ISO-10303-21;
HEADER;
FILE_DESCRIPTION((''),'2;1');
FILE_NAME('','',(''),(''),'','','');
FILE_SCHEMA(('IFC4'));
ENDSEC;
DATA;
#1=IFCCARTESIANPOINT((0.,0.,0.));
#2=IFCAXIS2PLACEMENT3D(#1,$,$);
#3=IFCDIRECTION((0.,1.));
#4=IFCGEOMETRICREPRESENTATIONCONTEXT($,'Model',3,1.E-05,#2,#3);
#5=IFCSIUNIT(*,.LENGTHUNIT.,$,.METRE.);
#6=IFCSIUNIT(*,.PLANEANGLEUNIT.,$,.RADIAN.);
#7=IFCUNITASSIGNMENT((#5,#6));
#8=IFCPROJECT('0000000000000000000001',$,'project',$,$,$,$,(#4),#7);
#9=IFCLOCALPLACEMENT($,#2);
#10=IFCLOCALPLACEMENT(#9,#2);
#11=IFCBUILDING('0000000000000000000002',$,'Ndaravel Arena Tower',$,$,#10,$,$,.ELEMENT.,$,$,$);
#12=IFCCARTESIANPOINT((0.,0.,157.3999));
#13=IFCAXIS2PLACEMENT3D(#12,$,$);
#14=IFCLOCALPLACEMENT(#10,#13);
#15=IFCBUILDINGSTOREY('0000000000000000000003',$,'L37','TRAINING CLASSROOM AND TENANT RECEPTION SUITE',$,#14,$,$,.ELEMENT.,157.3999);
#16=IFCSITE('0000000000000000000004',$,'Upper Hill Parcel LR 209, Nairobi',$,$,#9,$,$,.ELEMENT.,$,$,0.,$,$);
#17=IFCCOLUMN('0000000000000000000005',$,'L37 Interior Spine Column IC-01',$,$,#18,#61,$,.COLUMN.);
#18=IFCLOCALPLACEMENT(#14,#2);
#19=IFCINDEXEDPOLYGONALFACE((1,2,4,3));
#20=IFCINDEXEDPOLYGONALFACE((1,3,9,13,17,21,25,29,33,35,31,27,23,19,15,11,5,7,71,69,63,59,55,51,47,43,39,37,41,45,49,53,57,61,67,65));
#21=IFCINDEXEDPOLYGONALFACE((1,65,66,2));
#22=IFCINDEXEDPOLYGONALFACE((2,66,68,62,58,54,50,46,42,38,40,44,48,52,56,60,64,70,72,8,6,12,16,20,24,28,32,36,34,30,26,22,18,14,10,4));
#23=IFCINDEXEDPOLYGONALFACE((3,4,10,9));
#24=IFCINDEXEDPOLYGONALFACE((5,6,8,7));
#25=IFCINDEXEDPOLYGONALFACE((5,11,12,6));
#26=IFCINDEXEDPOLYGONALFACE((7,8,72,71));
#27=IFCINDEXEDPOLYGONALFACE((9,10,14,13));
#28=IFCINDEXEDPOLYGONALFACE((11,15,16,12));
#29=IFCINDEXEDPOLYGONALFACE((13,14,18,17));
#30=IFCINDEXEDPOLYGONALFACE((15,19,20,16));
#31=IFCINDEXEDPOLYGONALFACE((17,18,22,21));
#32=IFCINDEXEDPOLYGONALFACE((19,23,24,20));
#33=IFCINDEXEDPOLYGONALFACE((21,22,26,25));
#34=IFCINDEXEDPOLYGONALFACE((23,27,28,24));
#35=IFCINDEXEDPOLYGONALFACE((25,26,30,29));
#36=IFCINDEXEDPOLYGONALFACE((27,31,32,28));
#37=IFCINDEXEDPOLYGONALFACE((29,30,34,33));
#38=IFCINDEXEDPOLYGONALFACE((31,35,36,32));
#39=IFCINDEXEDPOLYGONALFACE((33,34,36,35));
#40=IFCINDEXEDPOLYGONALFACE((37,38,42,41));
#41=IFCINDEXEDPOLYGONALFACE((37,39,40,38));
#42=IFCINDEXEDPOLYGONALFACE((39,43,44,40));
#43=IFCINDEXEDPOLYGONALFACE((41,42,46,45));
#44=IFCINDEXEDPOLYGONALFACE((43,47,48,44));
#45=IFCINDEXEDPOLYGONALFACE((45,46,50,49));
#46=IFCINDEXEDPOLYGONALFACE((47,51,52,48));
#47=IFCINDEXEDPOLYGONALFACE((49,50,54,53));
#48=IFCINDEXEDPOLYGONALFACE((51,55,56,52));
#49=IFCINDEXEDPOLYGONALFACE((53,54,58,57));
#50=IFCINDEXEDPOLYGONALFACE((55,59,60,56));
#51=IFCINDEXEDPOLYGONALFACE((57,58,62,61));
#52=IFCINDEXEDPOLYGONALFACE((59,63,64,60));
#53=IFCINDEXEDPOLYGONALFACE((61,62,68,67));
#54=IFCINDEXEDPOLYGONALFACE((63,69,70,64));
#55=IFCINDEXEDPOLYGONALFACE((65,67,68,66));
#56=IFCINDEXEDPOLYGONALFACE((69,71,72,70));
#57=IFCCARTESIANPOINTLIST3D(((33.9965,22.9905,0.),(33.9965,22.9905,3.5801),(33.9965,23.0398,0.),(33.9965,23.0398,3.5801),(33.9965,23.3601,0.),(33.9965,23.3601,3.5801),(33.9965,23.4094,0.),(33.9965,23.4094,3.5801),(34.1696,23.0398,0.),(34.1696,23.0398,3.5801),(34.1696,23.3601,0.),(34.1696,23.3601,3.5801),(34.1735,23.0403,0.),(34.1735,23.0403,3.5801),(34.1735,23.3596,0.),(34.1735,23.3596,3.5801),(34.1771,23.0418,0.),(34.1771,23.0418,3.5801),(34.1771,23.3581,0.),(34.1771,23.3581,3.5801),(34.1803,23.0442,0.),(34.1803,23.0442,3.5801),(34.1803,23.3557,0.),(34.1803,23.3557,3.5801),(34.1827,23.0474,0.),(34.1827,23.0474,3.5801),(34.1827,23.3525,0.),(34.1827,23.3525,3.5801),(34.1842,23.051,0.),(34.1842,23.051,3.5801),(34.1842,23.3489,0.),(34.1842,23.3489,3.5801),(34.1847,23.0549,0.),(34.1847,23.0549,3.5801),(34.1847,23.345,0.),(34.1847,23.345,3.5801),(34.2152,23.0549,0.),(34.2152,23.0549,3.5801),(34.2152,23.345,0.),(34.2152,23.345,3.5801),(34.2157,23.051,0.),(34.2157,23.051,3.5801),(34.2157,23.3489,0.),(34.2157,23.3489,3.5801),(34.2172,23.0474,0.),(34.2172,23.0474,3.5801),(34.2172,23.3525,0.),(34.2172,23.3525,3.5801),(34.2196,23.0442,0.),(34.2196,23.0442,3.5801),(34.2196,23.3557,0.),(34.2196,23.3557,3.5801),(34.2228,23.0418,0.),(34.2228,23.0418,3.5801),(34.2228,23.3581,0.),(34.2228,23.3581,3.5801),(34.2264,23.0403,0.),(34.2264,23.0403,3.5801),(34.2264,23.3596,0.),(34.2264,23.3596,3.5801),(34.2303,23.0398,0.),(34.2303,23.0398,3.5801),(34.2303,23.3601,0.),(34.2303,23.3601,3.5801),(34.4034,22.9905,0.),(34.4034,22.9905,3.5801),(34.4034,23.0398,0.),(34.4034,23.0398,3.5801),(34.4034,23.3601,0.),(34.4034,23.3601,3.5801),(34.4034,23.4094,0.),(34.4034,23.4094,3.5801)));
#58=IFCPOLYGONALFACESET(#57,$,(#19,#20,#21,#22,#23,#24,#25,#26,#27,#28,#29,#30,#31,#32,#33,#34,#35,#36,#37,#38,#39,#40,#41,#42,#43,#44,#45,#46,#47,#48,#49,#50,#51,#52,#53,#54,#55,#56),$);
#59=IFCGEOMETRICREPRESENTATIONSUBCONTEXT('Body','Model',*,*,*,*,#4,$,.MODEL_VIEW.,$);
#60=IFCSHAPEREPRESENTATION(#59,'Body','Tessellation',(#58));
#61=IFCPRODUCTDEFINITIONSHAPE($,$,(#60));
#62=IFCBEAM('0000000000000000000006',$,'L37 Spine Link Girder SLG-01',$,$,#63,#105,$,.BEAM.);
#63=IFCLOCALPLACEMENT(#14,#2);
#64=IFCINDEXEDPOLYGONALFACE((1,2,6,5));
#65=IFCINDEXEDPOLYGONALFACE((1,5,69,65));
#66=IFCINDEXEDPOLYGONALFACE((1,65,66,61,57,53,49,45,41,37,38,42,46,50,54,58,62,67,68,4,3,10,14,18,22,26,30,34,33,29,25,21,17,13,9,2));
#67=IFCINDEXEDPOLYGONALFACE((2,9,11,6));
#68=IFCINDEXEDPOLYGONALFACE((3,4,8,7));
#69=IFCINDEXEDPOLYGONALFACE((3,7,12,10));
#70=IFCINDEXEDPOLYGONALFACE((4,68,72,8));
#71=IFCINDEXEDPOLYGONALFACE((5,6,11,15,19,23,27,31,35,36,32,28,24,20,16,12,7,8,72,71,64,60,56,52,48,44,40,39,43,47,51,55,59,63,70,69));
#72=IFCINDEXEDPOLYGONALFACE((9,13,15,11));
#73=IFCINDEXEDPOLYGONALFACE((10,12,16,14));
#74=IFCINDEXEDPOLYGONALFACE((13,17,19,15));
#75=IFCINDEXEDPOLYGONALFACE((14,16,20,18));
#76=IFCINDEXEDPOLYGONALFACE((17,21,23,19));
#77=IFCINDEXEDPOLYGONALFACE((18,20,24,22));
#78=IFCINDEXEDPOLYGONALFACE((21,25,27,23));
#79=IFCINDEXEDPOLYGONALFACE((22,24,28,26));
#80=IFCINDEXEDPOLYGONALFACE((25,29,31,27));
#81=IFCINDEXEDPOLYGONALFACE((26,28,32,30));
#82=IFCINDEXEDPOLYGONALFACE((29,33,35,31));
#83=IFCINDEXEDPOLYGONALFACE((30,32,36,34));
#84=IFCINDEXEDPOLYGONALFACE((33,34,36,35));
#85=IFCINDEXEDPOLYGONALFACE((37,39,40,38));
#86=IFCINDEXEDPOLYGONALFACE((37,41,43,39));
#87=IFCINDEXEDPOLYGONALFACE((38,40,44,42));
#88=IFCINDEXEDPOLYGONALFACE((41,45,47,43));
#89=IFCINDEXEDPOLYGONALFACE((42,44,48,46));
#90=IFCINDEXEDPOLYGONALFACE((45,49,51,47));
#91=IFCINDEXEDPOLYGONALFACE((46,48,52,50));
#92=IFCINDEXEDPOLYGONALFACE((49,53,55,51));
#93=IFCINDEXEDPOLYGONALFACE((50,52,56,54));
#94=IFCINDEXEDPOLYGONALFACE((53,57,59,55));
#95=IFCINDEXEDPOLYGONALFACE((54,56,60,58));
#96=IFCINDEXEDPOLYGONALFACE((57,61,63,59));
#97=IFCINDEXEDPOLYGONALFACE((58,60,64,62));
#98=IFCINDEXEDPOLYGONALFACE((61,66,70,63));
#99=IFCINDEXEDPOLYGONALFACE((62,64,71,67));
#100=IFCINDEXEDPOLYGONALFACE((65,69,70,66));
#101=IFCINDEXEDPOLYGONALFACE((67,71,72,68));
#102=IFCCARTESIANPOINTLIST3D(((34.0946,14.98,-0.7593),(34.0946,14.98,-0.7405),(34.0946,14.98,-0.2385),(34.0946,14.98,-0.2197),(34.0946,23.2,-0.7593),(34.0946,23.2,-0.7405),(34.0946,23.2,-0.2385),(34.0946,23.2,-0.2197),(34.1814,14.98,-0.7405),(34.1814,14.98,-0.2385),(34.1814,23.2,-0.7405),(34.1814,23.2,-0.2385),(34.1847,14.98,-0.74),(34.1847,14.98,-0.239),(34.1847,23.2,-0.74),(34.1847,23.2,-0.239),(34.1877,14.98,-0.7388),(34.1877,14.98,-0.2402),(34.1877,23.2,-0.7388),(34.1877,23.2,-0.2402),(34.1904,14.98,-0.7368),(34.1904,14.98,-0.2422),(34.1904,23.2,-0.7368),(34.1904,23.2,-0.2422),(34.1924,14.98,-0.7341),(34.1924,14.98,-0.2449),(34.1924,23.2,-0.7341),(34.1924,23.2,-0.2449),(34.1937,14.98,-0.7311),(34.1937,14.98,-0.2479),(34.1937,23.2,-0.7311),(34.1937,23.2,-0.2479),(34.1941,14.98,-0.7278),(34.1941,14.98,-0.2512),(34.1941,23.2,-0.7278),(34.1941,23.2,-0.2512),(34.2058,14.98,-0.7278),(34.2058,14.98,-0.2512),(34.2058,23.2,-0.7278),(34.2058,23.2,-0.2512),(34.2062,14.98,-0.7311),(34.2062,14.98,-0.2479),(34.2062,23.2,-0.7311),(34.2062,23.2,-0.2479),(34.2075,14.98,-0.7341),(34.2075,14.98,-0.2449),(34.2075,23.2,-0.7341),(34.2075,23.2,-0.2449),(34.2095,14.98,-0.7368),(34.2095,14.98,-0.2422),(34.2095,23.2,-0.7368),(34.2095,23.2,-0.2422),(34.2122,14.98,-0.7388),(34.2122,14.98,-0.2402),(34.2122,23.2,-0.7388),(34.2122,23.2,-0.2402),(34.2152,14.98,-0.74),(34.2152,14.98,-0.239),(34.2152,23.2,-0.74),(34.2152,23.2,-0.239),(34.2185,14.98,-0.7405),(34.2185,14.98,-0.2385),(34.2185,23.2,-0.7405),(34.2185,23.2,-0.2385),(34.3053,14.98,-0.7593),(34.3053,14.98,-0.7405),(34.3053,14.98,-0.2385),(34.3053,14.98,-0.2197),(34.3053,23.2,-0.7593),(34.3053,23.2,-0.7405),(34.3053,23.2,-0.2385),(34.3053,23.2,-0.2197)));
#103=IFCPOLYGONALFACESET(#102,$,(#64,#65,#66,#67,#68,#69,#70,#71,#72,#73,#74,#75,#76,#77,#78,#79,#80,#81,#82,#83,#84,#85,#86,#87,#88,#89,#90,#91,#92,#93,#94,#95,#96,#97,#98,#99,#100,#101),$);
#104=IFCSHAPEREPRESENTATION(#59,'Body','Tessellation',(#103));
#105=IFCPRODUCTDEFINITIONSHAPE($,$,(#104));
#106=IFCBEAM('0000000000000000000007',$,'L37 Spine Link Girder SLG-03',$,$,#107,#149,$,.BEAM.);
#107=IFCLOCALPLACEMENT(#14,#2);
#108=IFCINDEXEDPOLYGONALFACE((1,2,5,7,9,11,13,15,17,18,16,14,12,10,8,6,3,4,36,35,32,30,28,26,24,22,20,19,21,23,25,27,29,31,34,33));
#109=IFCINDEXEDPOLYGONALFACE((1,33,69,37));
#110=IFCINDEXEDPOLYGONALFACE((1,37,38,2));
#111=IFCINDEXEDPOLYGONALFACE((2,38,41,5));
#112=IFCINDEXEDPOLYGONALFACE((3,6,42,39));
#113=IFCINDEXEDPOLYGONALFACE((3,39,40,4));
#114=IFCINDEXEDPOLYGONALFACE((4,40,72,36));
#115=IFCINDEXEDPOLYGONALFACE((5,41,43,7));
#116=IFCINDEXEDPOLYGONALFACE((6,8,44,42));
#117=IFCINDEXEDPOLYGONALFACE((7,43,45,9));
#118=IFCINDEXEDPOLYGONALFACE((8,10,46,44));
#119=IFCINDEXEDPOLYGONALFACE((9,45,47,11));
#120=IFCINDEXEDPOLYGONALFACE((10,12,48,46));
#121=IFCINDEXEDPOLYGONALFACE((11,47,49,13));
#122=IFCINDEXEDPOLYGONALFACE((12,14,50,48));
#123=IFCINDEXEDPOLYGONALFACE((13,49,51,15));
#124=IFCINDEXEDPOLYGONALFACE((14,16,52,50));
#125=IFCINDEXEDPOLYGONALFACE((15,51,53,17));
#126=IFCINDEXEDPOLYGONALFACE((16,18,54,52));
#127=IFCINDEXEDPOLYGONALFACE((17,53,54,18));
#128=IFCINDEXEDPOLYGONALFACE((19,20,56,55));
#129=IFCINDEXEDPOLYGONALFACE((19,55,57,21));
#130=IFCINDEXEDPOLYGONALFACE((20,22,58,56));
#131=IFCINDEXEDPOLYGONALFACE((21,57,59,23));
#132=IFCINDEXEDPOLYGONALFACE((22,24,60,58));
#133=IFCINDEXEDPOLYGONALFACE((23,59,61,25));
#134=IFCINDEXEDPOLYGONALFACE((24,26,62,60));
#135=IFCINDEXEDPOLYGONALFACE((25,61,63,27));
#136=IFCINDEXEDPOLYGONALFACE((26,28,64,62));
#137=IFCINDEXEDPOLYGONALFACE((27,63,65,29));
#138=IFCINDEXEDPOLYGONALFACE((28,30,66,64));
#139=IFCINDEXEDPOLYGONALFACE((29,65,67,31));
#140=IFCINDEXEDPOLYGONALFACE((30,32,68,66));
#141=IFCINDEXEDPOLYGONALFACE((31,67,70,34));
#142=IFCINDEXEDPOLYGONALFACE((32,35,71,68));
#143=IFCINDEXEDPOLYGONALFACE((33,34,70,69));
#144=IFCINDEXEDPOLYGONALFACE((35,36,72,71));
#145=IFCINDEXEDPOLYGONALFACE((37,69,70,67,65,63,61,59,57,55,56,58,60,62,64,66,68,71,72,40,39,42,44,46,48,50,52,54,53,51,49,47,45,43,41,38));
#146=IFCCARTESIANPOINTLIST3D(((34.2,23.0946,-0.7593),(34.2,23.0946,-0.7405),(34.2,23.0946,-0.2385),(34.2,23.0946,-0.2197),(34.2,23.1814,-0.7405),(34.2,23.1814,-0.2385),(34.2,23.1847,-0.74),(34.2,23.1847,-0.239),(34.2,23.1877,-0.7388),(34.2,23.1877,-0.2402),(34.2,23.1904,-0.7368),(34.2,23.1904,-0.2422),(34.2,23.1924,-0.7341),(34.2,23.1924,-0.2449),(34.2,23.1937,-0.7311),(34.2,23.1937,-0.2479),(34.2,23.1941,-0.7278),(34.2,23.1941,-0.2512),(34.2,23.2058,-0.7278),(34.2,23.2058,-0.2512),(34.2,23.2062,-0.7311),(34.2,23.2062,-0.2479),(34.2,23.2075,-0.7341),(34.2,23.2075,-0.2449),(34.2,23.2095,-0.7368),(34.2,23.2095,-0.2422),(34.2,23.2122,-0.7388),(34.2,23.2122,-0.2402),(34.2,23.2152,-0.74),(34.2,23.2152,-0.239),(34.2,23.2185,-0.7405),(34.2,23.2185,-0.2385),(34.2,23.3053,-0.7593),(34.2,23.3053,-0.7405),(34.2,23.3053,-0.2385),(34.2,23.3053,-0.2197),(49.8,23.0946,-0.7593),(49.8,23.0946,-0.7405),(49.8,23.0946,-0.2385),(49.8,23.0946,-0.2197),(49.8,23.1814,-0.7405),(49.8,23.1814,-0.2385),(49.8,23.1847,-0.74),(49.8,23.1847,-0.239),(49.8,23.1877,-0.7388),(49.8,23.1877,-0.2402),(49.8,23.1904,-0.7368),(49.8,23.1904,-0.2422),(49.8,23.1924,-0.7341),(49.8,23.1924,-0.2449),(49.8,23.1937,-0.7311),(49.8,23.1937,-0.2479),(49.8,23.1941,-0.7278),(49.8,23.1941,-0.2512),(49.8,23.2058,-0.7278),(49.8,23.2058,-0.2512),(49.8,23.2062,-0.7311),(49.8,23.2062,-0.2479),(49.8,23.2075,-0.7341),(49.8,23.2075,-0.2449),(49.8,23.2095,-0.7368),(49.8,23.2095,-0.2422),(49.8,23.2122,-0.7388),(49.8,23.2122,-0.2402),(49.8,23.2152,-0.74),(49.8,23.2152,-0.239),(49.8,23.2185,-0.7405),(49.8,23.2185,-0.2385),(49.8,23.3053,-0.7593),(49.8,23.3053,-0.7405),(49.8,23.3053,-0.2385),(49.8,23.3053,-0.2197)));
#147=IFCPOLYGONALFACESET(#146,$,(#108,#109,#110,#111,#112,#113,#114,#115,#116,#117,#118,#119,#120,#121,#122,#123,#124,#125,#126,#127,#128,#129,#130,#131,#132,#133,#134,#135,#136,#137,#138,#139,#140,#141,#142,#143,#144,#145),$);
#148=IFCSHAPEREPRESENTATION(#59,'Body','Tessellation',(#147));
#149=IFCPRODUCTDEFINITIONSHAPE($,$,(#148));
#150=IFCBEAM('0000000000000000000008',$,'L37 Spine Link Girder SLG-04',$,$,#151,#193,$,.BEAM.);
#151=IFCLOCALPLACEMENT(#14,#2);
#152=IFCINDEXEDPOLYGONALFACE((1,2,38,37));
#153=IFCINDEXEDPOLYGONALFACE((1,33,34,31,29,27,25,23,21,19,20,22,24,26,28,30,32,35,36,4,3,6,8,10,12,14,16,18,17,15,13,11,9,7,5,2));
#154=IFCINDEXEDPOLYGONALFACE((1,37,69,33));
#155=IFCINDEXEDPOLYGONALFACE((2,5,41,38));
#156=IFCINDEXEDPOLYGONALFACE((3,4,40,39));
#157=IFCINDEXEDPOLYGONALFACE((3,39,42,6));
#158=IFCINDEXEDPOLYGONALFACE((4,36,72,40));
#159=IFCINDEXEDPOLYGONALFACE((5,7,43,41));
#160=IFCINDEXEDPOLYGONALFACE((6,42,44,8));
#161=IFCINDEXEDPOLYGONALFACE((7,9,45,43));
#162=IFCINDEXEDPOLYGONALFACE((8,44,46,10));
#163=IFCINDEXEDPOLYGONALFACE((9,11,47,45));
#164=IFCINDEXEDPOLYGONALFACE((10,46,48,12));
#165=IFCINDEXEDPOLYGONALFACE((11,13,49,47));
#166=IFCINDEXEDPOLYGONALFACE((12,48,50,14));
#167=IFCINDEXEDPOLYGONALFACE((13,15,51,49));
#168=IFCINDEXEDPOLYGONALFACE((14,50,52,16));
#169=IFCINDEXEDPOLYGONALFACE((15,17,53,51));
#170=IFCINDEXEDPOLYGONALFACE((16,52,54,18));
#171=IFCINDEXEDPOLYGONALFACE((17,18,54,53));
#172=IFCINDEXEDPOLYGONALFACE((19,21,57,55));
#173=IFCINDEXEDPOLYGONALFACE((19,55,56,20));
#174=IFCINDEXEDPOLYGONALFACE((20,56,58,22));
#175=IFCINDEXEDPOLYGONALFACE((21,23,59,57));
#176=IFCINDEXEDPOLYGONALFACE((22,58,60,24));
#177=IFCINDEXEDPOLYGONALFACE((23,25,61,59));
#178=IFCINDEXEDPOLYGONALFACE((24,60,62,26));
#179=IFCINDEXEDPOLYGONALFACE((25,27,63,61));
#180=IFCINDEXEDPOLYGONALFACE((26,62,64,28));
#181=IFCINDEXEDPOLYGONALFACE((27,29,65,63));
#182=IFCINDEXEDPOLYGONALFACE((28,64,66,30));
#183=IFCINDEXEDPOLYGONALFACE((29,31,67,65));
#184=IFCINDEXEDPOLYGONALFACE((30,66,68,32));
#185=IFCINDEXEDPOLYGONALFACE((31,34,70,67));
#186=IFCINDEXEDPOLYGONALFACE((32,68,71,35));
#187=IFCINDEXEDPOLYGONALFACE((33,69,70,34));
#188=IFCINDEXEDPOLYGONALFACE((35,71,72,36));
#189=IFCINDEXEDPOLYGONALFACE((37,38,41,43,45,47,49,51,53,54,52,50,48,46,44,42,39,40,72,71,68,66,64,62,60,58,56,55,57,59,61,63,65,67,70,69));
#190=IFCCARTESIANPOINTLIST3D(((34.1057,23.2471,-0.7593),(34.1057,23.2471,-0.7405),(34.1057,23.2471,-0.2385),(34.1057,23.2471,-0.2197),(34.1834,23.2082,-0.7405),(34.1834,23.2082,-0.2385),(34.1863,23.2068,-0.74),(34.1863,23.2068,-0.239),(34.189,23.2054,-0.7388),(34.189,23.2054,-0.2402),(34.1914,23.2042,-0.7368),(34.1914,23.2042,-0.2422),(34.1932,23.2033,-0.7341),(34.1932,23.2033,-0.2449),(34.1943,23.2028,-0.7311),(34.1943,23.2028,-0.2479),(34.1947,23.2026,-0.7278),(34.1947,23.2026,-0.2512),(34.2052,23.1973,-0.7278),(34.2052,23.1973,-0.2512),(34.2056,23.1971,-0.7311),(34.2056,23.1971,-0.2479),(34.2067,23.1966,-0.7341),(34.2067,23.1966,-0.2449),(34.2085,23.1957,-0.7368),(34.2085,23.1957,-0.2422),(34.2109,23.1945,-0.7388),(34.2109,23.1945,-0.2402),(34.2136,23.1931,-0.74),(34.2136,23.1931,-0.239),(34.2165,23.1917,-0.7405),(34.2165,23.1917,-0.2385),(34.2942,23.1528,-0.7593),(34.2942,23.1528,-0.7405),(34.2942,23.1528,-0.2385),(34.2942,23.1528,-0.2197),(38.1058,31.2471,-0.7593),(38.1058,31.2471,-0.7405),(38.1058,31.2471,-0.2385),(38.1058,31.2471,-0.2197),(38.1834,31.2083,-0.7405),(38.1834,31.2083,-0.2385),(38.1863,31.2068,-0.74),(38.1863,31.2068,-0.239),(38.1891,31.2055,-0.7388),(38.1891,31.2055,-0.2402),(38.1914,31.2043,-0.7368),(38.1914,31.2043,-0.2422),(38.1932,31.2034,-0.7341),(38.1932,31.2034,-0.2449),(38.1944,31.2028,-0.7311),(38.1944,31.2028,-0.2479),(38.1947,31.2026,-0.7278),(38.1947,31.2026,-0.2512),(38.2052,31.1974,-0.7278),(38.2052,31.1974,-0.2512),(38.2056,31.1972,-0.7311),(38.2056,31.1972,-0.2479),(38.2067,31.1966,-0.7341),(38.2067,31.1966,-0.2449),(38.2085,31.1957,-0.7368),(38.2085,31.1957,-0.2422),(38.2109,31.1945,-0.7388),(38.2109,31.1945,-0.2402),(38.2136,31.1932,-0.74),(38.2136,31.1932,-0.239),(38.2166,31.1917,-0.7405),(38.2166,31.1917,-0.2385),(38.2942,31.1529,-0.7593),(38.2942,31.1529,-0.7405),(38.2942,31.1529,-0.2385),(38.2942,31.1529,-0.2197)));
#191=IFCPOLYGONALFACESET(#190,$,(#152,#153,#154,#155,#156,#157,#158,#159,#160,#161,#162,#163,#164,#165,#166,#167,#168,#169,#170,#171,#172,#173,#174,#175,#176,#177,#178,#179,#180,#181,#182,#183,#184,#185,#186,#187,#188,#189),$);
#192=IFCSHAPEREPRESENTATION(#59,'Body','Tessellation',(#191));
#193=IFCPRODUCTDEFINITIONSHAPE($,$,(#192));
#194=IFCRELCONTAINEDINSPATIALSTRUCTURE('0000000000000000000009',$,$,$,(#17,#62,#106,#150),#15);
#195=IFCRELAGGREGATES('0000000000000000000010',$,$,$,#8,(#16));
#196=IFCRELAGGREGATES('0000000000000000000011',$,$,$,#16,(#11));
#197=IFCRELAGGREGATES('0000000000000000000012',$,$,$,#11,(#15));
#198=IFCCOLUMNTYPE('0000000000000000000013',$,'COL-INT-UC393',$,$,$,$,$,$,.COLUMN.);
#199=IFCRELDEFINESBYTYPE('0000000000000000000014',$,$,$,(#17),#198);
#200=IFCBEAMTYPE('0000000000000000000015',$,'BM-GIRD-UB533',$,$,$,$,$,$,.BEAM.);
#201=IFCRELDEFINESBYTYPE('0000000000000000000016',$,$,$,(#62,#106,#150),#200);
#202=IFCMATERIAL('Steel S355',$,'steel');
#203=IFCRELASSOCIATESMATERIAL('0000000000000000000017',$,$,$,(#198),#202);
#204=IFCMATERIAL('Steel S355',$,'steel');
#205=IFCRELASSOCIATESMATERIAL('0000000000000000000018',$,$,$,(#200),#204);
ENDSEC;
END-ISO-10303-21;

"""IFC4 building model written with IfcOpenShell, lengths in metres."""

from ifc_helpers import new_model, si_unit, direction, frame, origin, origin_2d, place, context, subcontext, project, spatial, i_section, extrude, material, material_profile, profile_set, type_object, element, save


model = new_model("IFC4")

# Units and contexts
model_context = context("Model", 3, precision=1e-05, world=origin(), true_north=direction((0.0, 1.0)))
body_context = subcontext(model_context, "Body", "Model", "MODEL_VIEW")
ifc_project = project(units=[si_unit("LENGTHUNIT", "METRE"), si_unit("PLANEANGLEUNIT", "RADIAN")], contexts=[model_context])

# Site, building, storey
site_placement = place(None, origin())
site = spatial("IfcSite", under=ifc_project, at=site_placement, Name="Upper Hill Parcel LR 209, Nairobi", CompositionType="ELEMENT", RefElevation=0.0)
building_placement = place(site_placement, origin())
building = spatial("IfcBuilding", under=site, at=building_placement, Name="Ndaravel Arena Tower", CompositionType="ELEMENT")
storey_placement = place(building_placement, frame((0.0, 0.0, 157.3999)))
storey = spatial("IfcBuildingStorey", under=building, at=storey_placement, Name="L37", Description="TRAINING CLASSROOM AND TENANT RECEPTION SUITE", CompositionType="ELEMENT", Elevation=157.3999)

# Column
ifc_material_1 = material(Name="Steel S355", Category="steel")
ifc_material_profile_1 = material_profile(ifc_material_1, i_section(OverallWidth=0.407, OverallDepth=0.4189, WebThickness=0.0305, FlangeThickness=0.0493, FilletRadius=0.0151, at=origin_2d()), Name="UC 356x406x393")
ifc_profile_set_1 = profile_set([ifc_material_profile_1], Name="Steel S355")
column_type = type_object("IfcColumnType", Name="COL-INT-UC393", PredefinedType="COLUMN", material=ifc_profile_set_1)
column_placement = place(storey_placement, frame((34.2, 23.2, 0.0), z_axis=(0.0, 0.0, 1.0), x_axis=(1.0, 0.0, 0.0)))
element("IfcColumn", 1, at=column_placement, inside=storey, type_object=column_type, Name="L37 Interior Spine Column IC-01", PredefinedType="COLUMN", context=body_context, shape_type="SweptSolid", body=[
    extrude(i_section(OverallWidth=0.407, OverallDepth=0.4189, WebThickness=0.0305, FlangeThickness=0.0493, FilletRadius=0.0151, at=origin_2d()), origin(), (0.0, 0.0, 1.0), 3.5801),
])

# Beams
ifc_material_2 = material(Name="Steel S355", Category="steel")
ifc_material_profile_2 = material_profile(ifc_material_2, i_section(OverallWidth=0.2107, OverallDepth=0.5396, WebThickness=0.0117, FlangeThickness=0.0188, FilletRadius=0.0127, at=origin_2d()), Name="UB 533x210x109")
ifc_profile_set_2 = profile_set([ifc_material_profile_2], Name="Steel S355")
beam_type = type_object("IfcBeamType", Name="BM-GIRD-UB533", PredefinedType="BEAM", material=ifc_profile_set_2)
beam_1_placement = place(storey_placement, frame((34.2, 14.98, -0.4895), z_axis=(0.0, 1.0, 0.0), x_axis=(-1.0, 0.0, 0.0)))
element("IfcBeam", 2, at=beam_1_placement, inside=storey, type_object=beam_type, Name="L37 Spine Link Girder SLG-01", PredefinedType="BEAM", context=body_context, shape_type="SweptSolid", body=[
    extrude(i_section(OverallWidth=0.2107, OverallDepth=0.5396, WebThickness=0.0117, FlangeThickness=0.0188, FilletRadius=0.0127, at=origin_2d()), origin(), (0.0, 0.0, 1.0), 8.22),
])
beam_2_placement = place(storey_placement, frame((34.2, 23.2, -0.4895), z_axis=(1.0, 0.0, 0.0), x_axis=(0.0, 1.0, 0.0)))
element("IfcBeam", 3, at=beam_2_placement, inside=storey, type_object=beam_type, Name="L37 Spine Link Girder SLG-03", PredefinedType="BEAM", context=body_context, shape_type="SweptSolid", body=[
    extrude(i_section(OverallWidth=0.2107, OverallDepth=0.5396, WebThickness=0.0117, FlangeThickness=0.0188, FilletRadius=0.0127, at=origin_2d()), origin(), (0.0, 0.0, 1.0), 15.6001),
])
beam_3_placement = place(storey_placement, frame((34.2, 23.2, -0.4895), z_axis=(0.447214, 0.894427, 0.0), x_axis=(-0.894427, 0.447214, 0.0)))
element("IfcBeam", 4, at=beam_3_placement, inside=storey, type_object=beam_type, Name="L37 Spine Link Girder SLG-04", PredefinedType="BEAM", context=body_context, shape_type="SweptSolid", body=[
    extrude(i_section(OverallWidth=0.2107, OverallDepth=0.5396, WebThickness=0.0117, FlangeThickness=0.0188, FilletRadius=0.0127, at=origin_2d()), origin(), (0.0, 0.0, 1.0), 8.9443),
])

save(model, "model.ifc")
